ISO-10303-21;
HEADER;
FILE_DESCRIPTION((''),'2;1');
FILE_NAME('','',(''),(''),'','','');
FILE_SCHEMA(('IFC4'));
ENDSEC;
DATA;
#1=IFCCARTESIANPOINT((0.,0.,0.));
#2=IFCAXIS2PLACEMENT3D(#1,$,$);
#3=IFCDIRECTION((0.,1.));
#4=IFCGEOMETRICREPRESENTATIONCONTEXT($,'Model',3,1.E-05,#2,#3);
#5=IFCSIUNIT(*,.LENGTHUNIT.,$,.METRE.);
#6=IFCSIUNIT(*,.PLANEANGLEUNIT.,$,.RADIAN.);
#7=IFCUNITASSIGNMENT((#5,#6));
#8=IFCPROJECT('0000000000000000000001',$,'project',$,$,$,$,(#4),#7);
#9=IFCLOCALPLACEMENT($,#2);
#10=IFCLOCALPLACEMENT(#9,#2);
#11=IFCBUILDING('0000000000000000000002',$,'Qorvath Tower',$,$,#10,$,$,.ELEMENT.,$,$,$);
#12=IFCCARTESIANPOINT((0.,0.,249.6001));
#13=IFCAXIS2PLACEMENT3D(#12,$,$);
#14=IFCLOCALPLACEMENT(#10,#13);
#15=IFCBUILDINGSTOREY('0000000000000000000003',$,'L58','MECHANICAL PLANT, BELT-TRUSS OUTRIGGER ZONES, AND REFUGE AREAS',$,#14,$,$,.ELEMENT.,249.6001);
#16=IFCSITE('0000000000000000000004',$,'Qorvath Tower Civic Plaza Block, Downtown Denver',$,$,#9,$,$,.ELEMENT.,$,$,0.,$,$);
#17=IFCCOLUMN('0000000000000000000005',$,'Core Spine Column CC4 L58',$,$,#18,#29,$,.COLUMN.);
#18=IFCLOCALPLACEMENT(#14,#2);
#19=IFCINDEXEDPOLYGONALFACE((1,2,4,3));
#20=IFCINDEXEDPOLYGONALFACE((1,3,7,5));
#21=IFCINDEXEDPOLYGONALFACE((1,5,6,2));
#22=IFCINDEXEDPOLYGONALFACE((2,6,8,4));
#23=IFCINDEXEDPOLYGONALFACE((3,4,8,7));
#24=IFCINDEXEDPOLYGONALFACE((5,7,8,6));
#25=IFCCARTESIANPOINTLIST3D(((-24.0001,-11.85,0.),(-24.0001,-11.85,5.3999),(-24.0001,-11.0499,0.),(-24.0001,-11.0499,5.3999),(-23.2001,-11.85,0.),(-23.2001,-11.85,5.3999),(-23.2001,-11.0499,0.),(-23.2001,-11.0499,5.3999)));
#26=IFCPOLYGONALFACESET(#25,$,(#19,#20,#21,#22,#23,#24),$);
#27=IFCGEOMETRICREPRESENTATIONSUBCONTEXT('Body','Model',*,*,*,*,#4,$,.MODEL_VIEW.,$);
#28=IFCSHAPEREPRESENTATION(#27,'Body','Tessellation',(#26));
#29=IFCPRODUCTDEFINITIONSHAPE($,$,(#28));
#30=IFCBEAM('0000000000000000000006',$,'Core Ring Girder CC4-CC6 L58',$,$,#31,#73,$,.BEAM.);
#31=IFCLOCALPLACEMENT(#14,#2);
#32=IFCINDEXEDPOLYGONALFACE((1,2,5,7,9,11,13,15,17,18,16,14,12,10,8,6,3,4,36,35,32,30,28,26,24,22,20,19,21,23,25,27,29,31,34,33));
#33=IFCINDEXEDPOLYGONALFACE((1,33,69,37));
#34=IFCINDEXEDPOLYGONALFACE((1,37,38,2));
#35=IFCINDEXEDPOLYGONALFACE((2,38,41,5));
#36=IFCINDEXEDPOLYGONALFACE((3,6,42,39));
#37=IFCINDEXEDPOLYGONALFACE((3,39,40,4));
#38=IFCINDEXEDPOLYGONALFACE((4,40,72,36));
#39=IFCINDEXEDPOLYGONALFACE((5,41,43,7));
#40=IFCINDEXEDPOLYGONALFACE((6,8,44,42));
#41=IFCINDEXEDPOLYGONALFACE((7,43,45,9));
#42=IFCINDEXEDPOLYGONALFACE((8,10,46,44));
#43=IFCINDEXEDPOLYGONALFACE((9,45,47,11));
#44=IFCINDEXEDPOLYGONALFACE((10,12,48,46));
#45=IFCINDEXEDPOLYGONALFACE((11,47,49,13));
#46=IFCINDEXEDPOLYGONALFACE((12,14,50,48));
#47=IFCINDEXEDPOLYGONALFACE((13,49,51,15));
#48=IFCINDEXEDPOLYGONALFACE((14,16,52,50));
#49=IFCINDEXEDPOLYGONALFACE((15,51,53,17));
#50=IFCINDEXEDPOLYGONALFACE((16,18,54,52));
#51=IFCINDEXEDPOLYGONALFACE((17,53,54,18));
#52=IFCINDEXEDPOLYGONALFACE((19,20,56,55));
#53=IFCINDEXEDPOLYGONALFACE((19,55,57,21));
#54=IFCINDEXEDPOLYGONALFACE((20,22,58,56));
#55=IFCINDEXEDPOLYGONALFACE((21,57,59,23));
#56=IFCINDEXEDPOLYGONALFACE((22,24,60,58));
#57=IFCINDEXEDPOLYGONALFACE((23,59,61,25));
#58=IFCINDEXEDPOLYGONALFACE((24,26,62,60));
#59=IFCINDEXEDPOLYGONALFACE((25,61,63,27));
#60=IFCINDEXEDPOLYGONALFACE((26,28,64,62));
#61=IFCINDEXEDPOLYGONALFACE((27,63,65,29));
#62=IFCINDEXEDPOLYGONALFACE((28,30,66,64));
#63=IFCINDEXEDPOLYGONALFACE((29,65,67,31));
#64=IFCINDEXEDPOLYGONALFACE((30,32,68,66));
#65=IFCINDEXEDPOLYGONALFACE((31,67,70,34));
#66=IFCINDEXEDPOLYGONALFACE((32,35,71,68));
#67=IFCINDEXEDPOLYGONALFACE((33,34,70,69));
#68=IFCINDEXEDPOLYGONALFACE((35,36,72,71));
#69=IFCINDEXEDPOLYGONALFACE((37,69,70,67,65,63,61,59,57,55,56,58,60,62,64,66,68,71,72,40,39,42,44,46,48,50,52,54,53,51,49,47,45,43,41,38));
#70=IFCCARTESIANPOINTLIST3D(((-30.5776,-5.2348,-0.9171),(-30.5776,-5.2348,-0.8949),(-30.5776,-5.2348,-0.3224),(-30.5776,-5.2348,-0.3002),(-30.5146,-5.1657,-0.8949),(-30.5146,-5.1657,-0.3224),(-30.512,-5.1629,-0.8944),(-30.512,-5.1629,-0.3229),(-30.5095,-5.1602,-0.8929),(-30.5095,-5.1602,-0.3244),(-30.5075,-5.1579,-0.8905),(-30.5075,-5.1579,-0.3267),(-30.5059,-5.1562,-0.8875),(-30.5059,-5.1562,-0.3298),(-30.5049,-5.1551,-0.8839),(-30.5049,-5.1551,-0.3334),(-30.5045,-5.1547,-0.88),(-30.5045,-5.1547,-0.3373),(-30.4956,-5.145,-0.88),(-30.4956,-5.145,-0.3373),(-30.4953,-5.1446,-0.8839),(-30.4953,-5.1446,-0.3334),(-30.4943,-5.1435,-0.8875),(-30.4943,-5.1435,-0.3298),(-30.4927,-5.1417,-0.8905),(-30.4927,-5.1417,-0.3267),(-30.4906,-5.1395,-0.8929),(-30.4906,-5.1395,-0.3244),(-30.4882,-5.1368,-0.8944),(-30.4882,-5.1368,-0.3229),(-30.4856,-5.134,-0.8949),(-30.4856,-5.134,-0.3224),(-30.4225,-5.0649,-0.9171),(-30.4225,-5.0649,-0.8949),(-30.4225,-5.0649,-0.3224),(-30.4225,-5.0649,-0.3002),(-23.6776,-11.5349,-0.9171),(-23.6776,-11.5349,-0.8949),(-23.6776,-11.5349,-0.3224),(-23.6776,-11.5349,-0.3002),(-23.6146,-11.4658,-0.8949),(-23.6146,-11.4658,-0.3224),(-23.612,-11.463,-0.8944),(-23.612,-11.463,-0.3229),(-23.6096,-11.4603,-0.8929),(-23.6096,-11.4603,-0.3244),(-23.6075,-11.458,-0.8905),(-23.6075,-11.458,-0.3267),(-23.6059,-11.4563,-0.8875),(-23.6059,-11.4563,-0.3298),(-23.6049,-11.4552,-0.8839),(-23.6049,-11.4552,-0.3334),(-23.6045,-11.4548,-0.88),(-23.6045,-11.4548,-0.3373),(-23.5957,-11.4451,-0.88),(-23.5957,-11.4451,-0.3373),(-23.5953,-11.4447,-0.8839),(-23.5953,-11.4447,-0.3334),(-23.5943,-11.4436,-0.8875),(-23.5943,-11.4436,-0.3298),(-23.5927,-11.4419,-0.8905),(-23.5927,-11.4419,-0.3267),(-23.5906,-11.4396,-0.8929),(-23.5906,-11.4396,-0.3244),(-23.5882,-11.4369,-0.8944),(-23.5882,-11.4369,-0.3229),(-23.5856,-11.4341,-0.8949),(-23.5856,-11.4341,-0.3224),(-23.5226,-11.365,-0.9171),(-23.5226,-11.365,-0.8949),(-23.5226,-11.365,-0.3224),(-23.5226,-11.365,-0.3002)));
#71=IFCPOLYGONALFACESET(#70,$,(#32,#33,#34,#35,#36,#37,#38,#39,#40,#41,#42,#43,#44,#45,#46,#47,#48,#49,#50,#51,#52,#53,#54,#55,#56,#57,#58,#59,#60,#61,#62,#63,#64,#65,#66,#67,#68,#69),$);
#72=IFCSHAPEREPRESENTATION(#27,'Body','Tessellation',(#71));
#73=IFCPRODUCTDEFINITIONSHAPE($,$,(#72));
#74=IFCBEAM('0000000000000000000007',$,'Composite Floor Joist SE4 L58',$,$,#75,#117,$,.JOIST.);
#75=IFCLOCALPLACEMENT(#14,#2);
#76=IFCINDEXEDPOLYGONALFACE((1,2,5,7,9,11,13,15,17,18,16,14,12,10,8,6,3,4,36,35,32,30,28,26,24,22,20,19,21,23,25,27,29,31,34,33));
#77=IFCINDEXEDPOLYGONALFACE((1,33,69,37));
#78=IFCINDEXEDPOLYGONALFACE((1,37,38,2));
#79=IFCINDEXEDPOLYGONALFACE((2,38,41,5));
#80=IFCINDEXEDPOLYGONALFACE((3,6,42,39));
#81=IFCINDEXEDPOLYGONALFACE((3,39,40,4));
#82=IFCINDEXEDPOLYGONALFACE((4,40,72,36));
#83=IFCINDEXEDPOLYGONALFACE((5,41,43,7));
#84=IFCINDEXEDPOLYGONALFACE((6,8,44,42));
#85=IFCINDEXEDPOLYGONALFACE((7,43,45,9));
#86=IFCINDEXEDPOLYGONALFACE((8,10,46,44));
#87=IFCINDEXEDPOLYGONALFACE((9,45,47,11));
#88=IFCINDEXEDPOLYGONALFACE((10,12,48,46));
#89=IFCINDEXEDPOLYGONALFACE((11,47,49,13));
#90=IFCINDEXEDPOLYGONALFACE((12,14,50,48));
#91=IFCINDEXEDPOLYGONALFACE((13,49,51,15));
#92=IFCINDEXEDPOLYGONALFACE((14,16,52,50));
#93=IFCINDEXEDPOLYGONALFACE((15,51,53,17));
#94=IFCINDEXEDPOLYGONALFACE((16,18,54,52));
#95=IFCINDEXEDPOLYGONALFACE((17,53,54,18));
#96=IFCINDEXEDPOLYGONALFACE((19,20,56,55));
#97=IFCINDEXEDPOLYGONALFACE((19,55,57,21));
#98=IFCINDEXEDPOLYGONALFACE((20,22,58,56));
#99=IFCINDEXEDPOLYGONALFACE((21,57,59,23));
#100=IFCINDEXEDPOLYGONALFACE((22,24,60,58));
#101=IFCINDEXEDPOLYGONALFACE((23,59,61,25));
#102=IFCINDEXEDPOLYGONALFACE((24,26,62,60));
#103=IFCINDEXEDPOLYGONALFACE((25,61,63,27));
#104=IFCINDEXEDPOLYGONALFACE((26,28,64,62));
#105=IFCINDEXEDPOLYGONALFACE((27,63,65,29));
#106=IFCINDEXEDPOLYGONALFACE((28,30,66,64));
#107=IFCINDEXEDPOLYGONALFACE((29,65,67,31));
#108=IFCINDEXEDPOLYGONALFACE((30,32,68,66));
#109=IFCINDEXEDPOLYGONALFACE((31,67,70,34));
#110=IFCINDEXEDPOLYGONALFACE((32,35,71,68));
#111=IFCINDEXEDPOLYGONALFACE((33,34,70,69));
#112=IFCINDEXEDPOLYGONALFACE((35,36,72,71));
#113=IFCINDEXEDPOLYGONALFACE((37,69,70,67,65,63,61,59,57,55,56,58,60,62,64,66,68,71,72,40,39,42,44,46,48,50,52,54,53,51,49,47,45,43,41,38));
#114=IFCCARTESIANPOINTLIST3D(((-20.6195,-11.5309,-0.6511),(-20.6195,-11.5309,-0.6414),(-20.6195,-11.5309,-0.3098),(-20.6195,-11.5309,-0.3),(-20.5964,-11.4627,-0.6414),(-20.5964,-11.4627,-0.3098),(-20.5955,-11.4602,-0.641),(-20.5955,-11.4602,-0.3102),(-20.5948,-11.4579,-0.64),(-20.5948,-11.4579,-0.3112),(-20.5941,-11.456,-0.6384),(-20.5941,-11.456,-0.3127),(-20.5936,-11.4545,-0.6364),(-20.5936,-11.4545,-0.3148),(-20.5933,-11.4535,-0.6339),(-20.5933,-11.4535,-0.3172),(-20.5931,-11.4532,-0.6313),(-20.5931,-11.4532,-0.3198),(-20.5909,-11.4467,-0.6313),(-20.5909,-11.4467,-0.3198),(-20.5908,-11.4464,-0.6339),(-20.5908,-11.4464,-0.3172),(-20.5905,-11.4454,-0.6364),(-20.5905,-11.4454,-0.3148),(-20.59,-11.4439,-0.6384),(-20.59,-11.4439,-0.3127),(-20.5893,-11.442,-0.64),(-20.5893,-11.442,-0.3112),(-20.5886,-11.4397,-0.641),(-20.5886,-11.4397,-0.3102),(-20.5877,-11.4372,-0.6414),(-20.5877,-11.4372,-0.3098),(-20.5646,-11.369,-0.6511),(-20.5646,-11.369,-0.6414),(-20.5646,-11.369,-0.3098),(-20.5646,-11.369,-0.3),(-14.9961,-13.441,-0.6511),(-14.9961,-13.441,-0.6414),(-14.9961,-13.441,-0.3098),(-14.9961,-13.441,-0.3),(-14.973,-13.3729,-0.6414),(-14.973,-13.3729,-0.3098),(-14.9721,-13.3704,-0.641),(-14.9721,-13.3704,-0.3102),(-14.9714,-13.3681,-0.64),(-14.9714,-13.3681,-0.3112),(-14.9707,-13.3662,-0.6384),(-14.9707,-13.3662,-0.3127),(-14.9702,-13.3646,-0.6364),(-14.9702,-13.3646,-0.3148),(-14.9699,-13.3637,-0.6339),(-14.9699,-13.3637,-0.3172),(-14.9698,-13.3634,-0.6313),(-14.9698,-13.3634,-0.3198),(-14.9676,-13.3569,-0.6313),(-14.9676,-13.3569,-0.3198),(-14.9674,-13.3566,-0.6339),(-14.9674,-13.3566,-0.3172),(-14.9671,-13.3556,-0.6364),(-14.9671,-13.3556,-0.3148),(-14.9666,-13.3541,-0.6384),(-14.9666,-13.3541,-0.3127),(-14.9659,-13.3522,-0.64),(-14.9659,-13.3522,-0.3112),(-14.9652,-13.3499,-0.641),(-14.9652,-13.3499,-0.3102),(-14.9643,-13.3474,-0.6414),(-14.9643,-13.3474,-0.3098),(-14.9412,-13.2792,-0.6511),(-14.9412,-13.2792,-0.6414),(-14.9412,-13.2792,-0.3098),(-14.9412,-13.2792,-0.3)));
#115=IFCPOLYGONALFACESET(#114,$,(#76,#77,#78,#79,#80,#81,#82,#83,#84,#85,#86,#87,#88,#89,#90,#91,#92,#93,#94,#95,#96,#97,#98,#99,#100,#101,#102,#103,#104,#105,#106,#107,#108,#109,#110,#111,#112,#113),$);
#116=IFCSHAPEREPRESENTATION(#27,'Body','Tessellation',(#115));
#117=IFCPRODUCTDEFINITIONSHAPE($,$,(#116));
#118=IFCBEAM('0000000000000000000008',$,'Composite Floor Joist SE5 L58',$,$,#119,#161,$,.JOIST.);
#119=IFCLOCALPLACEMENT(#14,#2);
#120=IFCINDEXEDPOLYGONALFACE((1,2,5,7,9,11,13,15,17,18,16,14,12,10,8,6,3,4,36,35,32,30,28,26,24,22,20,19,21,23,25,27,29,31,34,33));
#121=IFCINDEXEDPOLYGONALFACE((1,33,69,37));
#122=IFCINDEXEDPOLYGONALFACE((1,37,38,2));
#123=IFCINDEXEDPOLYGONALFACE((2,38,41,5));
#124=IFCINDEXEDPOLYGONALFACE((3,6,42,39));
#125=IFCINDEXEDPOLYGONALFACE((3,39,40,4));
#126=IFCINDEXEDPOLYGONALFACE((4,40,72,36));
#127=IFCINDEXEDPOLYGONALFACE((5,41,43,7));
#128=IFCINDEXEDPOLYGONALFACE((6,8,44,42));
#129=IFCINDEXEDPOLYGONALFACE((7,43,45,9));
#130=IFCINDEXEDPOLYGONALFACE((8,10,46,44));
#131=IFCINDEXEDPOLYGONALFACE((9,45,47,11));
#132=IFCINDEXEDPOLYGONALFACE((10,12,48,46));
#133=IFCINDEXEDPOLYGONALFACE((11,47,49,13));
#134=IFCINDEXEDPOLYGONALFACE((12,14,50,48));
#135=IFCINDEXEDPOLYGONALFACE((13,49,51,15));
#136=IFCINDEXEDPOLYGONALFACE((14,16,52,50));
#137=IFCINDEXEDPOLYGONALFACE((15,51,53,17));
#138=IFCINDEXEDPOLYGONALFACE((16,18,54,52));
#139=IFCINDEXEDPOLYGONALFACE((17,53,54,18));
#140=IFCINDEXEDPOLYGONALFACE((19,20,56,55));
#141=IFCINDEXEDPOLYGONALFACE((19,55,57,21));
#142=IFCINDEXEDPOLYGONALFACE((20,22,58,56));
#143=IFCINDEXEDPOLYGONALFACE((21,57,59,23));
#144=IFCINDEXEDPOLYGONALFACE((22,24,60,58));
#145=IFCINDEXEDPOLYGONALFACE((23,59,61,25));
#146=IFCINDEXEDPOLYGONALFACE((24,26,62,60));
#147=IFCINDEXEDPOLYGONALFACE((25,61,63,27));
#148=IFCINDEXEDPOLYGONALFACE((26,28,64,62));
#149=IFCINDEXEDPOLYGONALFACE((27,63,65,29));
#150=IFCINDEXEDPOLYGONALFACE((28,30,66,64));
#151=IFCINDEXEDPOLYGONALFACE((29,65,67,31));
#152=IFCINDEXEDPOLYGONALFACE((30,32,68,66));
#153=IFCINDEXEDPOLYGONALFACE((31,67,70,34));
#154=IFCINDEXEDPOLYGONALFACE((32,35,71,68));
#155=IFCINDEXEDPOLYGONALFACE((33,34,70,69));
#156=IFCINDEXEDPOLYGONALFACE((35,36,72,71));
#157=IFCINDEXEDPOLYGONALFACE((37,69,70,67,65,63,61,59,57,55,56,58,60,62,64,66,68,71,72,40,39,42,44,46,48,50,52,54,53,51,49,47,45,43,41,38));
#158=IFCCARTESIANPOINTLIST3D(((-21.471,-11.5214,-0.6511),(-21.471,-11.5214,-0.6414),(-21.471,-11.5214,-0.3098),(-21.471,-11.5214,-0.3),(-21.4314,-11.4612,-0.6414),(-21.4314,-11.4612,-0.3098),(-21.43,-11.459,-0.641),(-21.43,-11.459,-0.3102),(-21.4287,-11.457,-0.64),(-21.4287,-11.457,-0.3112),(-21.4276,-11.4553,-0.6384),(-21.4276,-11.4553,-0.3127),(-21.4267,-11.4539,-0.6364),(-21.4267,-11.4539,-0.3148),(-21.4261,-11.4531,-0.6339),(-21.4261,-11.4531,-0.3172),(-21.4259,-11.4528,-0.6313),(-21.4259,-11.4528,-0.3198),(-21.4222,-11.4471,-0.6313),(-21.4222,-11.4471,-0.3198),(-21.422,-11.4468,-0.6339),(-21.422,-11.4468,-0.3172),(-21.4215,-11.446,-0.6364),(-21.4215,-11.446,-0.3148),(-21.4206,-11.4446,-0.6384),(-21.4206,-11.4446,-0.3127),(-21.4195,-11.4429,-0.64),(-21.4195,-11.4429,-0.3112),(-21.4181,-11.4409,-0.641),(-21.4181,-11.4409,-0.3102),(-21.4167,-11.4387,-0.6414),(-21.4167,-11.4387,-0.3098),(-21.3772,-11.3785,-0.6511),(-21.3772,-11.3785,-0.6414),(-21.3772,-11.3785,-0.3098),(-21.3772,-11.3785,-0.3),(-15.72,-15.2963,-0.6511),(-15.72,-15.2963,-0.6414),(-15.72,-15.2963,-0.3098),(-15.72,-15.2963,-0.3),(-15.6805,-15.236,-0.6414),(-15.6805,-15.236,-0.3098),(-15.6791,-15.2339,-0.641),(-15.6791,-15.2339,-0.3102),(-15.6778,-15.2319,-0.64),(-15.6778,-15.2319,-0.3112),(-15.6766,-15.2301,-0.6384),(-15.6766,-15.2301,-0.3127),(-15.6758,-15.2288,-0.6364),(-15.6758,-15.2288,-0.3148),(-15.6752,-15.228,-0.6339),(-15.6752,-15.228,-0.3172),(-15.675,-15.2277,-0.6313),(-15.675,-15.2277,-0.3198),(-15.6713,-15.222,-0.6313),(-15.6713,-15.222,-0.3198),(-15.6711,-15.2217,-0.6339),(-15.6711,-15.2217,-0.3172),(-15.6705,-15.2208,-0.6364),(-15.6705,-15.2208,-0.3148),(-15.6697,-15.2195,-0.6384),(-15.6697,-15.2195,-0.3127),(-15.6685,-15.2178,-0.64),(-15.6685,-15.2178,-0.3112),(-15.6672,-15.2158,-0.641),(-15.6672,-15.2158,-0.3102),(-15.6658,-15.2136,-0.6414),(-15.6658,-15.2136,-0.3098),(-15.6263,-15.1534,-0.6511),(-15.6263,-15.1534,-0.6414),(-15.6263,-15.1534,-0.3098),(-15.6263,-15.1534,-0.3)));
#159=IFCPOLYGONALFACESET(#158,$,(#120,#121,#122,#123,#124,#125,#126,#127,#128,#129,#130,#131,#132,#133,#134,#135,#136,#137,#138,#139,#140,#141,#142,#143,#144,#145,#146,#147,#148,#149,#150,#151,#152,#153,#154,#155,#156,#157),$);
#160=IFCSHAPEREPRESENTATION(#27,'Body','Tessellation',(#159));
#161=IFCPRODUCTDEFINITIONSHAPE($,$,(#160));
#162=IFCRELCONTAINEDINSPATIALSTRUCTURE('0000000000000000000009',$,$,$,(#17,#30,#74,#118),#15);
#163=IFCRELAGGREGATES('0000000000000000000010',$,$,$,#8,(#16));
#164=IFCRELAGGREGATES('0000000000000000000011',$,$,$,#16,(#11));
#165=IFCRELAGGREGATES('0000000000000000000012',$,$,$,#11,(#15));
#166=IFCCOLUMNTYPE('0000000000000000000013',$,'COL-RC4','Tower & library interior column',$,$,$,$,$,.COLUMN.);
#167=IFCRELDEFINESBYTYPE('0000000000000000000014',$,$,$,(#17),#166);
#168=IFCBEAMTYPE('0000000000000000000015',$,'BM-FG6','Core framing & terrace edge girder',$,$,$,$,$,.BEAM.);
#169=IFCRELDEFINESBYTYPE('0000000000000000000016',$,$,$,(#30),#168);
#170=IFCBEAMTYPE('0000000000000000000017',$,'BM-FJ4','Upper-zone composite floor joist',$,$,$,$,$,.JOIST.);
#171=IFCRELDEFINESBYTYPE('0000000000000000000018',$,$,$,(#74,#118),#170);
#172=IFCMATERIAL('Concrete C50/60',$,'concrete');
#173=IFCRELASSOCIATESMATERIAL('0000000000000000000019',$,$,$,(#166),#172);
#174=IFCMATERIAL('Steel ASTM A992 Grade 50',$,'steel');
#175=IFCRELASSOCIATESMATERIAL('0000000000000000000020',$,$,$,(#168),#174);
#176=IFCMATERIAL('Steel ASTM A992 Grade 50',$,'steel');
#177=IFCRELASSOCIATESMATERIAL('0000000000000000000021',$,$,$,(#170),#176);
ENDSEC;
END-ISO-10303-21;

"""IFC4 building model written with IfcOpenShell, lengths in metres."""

from ifc_helpers import new_model, si_unit, direction, frame, origin, origin_2d, place, context, subcontext, project, spatial, rectangle, i_section, extrude, material, material_profile, profile_set, type_object, element, save


model = new_model("IFC4")

# Units and contexts
model_context = context("Model", 3, precision=1e-05, world=origin(), true_north=direction((0.0, 1.0)))
body_context = subcontext(model_context, "Body", "Model", "MODEL_VIEW")
ifc_project = project(units=[si_unit("LENGTHUNIT", "METRE"), si_unit("PLANEANGLEUNIT", "RADIAN")], contexts=[model_context])

# Site, building, storey
site_placement = place(None, origin())
site = spatial("IfcSite", under=ifc_project, at=site_placement, Name="Qorvath Tower Civic Plaza Block, Downtown Denver", CompositionType="ELEMENT", RefElevation=0.0)
building_placement = place(site_placement, origin())
building = spatial("IfcBuilding", under=site, at=building_placement, Name="Qorvath Tower", CompositionType="ELEMENT")
storey_placement = place(building_placement, frame((0.0, 0.0, 249.6001)))
storey = spatial("IfcBuildingStorey", under=building, at=storey_placement, Name="L58", Description="MECHANICAL PLANT, BELT-TRUSS OUTRIGGER ZONES, AND REFUGE AREAS", CompositionType="ELEMENT", Elevation=249.6001)

# Column
ifc_material_1 = material(Name="Concrete C50/60", Category="concrete")
ifc_material_profile_1 = material_profile(ifc_material_1, rectangle(XDim=0.8, YDim=0.8, at=origin_2d()), Name="RC 800x800")
ifc_profile_set_1 = profile_set([ifc_material_profile_1], Name="Concrete C50/60")
column_type = type_object("IfcColumnType", Name="COL-RC4", Description="Tower & library interior column", PredefinedType="COLUMN", material=ifc_profile_set_1)
column_placement = place(storey_placement, frame((-23.6001, -11.45, 0.0), z_axis=(0.0, 0.0, 1.0), x_axis=(1.0, 0.0, 0.0)))
element("IfcColumn", 1, at=column_placement, inside=storey, type_object=column_type, Name="Core Spine Column CC4 L58", PredefinedType="COLUMN", context=body_context, shape_type="SweptSolid", body=[
    extrude(rectangle(XDim=0.8, YDim=0.8, at=origin_2d()), origin(), (0.0, 0.0, 1.0), 5.3999),
])

# Beams
ifc_material_2 = material(Name="Steel ASTM A992 Grade 50", Category="steel")
ifc_material_profile_2 = material_profile(ifc_material_2, i_section(OverallWidth=0.23, OverallDepth=0.6169, WebThickness=0.0132, FlangeThickness=0.0222, FilletRadius=0.0149, at=origin_2d()), Name="W24x94")
ifc_profile_set_2 = profile_set([ifc_material_profile_2], Name="Steel ASTM A992 Grade 50")
beam_type_1 = type_object("IfcBeamType", Name="BM-FG6", Description="Core framing & terrace edge girder", PredefinedType="BEAM", material=ifc_profile_set_2)
beam_1_placement = place(storey_placement, frame((-23.6001, -11.45, -0.6086), z_axis=(-0.738478, 0.674277, 0.0), x_axis=(-0.674277, -0.738478, 0.0)))
element("IfcBeam", 2, at=beam_1_placement, inside=storey, type_object=beam_type_1, Name="Core Ring Girder CC4-CC6 L58", PredefinedType="BEAM", context=body_context, shape_type="SweptSolid", body=[
    extrude(i_section(OverallWidth=0.23, OverallDepth=0.6169, WebThickness=0.0132, FlangeThickness=0.0222, FilletRadius=0.0149, at=origin_2d()), origin(), (0.0, 0.0, 1.0), 9.3435),
])
ifc_material_3 = material(Name="Steel ASTM A992 Grade 50", Category="steel")
ifc_material_profile_3 = material_profile(ifc_material_3, i_section(OverallWidth=0.1709, OverallDepth=0.3511, WebThickness=0.0068, FlangeThickness=0.0098, FilletRadius=0.01, at=origin_2d()), Name="W14x30")
ifc_profile_set_3 = profile_set([ifc_material_profile_3], Name="Steel ASTM A992 Grade 50")
beam_type_2 = type_object("IfcBeamType", Name="BM-FJ4", Description="Upper-zone composite floor joist", PredefinedType="JOIST", material=ifc_profile_set_3)
beam_2_placement = place(storey_placement, frame((-20.592, -11.45, -0.4756), z_axis=(0.946863, -0.321637, 0.0), x_axis=(0.321637, 0.946863, 0.0)))
element("IfcBeam", 3, at=beam_2_placement, inside=storey, type_object=beam_type_2, Name="Composite Floor Joist SE4 L58", PredefinedType="JOIST", context=body_context, shape_type="SweptSolid", body=[
    extrude(i_section(OverallWidth=0.1709, OverallDepth=0.3511, WebThickness=0.0068, FlangeThickness=0.0098, FilletRadius=0.01, at=origin_2d()), origin(), (0.0, 0.0, 1.0), 5.939),
])
beam_3_placement = place(storey_placement, frame((-21.4241, -11.45, -0.4756), z_axis=(0.835993, -0.54874, 0.0), x_axis=(0.54874, 0.835993, 0.0)))
element("IfcBeam", 4, at=beam_3_placement, inside=storey, type_object=beam_type_2, Name="Composite Floor Joist SE5 L58", PredefinedType="JOIST", context=body_context, shape_type="SweptSolid", body=[
    extrude(i_section(OverallWidth=0.1709, OverallDepth=0.3511, WebThickness=0.0068, FlangeThickness=0.0098, FilletRadius=0.01, at=origin_2d()), origin(), (0.0, 0.0, 1.0), 6.8792),
])

save(model, "model.ifc")
